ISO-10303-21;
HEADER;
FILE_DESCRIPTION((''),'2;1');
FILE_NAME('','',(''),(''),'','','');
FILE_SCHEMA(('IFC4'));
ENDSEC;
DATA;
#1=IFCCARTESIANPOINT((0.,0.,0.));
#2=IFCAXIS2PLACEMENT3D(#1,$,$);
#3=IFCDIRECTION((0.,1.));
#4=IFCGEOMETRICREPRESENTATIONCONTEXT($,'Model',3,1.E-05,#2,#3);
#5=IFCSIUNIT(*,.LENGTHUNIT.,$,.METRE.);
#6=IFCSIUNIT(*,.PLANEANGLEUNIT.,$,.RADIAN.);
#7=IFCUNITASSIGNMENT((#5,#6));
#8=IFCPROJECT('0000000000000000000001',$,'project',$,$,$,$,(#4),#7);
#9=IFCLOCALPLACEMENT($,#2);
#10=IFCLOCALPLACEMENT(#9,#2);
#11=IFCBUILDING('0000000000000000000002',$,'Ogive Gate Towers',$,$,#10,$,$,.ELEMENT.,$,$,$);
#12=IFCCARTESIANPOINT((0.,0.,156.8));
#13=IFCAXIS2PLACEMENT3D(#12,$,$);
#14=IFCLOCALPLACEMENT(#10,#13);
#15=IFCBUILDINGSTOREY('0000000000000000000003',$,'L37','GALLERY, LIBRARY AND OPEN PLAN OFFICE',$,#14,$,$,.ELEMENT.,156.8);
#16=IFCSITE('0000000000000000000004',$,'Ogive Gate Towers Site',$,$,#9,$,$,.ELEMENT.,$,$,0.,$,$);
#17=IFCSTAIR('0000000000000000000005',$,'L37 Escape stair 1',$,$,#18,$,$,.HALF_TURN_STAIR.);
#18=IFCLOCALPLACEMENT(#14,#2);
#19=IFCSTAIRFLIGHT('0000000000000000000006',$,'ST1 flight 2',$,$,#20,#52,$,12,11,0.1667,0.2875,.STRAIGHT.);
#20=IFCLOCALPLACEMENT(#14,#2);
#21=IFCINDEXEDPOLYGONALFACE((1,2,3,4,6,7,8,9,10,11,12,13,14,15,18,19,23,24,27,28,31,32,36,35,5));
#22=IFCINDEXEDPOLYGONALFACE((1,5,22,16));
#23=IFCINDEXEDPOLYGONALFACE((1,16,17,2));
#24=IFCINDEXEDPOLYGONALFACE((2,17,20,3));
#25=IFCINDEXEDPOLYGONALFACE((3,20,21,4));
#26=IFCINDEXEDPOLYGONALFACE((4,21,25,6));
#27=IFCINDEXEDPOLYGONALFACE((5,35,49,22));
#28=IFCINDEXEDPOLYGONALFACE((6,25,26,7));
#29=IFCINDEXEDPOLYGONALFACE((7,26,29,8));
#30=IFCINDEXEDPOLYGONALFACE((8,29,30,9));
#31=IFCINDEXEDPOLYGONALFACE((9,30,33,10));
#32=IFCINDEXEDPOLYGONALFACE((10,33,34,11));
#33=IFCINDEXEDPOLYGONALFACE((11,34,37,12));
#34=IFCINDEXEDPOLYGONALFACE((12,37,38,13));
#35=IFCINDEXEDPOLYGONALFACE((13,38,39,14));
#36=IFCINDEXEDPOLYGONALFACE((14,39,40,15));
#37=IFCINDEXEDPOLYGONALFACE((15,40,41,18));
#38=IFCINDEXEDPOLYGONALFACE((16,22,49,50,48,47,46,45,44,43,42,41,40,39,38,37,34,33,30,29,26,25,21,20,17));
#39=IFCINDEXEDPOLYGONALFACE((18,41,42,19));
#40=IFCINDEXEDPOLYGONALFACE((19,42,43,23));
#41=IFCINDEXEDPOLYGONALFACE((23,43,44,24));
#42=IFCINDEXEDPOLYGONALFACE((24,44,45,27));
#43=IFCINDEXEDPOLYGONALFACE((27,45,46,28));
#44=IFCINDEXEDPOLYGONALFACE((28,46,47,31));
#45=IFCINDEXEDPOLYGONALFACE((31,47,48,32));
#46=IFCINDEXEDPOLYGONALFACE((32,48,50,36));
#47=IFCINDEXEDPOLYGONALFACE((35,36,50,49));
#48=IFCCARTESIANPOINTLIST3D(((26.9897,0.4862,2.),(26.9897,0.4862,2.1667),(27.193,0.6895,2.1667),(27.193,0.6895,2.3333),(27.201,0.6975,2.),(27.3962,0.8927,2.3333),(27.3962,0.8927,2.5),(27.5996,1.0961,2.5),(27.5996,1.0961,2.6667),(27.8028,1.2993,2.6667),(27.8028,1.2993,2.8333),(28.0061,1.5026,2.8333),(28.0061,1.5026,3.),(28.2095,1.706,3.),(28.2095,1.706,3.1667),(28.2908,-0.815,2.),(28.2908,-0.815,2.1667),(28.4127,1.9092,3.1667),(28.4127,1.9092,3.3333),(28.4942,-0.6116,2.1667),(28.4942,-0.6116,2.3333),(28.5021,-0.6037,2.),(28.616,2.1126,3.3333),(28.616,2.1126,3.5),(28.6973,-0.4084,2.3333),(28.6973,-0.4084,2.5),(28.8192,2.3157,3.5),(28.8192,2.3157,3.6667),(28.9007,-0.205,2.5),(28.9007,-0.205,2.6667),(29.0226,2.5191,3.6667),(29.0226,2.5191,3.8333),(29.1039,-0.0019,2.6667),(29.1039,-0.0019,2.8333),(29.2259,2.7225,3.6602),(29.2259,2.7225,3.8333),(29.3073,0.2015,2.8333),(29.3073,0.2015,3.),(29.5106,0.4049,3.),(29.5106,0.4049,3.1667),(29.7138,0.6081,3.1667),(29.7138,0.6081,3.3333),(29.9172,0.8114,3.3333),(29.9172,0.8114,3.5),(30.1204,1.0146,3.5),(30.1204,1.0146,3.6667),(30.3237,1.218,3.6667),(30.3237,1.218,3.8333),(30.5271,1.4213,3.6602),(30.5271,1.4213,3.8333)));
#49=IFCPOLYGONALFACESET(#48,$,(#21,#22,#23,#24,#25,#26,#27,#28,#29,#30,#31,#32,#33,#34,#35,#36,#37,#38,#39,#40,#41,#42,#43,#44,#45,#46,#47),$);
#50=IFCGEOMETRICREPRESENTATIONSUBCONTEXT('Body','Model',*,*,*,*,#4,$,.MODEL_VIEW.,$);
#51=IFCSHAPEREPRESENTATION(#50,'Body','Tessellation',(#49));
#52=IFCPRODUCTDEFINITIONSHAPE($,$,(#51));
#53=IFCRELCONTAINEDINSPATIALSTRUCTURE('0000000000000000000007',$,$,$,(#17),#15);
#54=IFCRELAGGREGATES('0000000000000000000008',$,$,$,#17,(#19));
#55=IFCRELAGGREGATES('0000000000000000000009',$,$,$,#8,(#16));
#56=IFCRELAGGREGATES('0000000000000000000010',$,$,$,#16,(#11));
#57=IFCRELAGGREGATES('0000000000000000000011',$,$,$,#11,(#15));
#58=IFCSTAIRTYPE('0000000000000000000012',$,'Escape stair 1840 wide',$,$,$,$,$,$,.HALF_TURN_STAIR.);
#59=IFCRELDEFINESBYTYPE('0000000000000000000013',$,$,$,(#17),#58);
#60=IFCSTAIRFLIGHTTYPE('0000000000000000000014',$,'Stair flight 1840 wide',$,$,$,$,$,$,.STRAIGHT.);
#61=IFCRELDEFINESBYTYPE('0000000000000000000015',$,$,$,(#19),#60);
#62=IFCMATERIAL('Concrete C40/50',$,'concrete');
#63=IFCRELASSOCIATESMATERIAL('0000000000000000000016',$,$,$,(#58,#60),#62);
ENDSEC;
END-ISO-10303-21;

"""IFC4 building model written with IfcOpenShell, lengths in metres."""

from ifc_helpers import new_model, si_unit, direction, frame, origin, place, context, subcontext, project, spatial, polyline, outline, extrude, material, type_object, element, aggregate, save


model = new_model("IFC4")

# Units and contexts
model_context = context("Model", 3, precision=1e-05, world=origin(), true_north=direction((0.0, 1.0)))
body_context = subcontext(model_context, "Body", "Model", "MODEL_VIEW")
ifc_project = project(units=[si_unit("LENGTHUNIT", "METRE"), si_unit("PLANEANGLEUNIT", "RADIAN")], contexts=[model_context])

# Site, building, storey
site_placement = place(None, origin())
site = spatial("IfcSite", under=ifc_project, at=site_placement, Name="Ogive Gate Towers Site", CompositionType="ELEMENT", RefElevation=0.0)
building_placement = place(site_placement, origin())
building = spatial("IfcBuilding", under=site, at=building_placement, Name="Ogive Gate Towers", CompositionType="ELEMENT")
storey_placement = place(building_placement, frame((0.0, 0.0, 156.8)))
storey = spatial("IfcBuildingStorey", under=building, at=storey_placement, Name="L37", Description="GALLERY, LIBRARY AND OPEN PLAN OFFICE", CompositionType="ELEMENT", Elevation=156.8)

# Stair, stair flight
ifc_material_1 = material(Name="Concrete C40/50", Category="concrete")
stair_type = type_object("IfcStairType", Name="Escape stair 1840 wide", PredefinedType="HALF_TURN_STAIR", material=ifc_material_1)
stair_placement = place(storey_placement, origin())
stair = element("IfcStair", 1, at=stair_placement, inside=storey, type_object=stair_type, Name="L37 Escape stair 1", PredefinedType="HALF_TURN_STAIR")
stair_flight_type = type_object("IfcStairFlightType", Name="Stair flight 1840 wide", PredefinedType="STRAIGHT", material=ifc_material_1)
stair_flight_placement = place(storey_placement, frame((27.6401, -0.1643, 2.0), z_axis=(0.0, 0.0, 1.0), x_axis=(0.707107, 0.707107, 0.0)))
stair_flight = element("IfcStairFlight", 2, at=stair_flight_placement, type_object=stair_flight_type, Name="ST1 flight 2", NumberOfRisers=12, NumberOfTreads=11, PredefinedType="STRAIGHT", RiserHeight=0.1667, TreadLength=0.2875, context=body_context, shape_type="SweptSolid", body=[
    extrude(outline(polyline([(0.0, 0.0), (0.0, 0.1667), (0.2876, 0.1667), (0.2876, 0.3333), (0.575, 0.3333), (0.575, 0.5), (0.8625, 0.5), (0.8625, 0.6667), (1.1499, 0.6667), (1.1499, 0.8333), (1.4375, 0.8333), (1.4375, 1.0), (1.7251, 1.0), (1.7251, 1.1667), (2.0125, 1.1667), (2.0125, 1.3333), (2.3, 1.3333), (2.3, 1.5), (2.5874, 1.5), (2.5874, 1.6667), (2.875, 1.6667), (2.875, 1.8333), (3.1626, 1.8333), (3.1626, 2.0), (3.1626, 1.6602), (0.2988, 0.0), (0.0, 0.0)])), frame((0.0, 0.9199, 0.0), z_axis=(0.0, -1.0, 0.0), x_axis=(1.0, 0.0, 0.0)), (0.0, 0.0, 1.0), 1.8401),
])
aggregate(stair, [stair_flight])

save(model, "model.ifc")
